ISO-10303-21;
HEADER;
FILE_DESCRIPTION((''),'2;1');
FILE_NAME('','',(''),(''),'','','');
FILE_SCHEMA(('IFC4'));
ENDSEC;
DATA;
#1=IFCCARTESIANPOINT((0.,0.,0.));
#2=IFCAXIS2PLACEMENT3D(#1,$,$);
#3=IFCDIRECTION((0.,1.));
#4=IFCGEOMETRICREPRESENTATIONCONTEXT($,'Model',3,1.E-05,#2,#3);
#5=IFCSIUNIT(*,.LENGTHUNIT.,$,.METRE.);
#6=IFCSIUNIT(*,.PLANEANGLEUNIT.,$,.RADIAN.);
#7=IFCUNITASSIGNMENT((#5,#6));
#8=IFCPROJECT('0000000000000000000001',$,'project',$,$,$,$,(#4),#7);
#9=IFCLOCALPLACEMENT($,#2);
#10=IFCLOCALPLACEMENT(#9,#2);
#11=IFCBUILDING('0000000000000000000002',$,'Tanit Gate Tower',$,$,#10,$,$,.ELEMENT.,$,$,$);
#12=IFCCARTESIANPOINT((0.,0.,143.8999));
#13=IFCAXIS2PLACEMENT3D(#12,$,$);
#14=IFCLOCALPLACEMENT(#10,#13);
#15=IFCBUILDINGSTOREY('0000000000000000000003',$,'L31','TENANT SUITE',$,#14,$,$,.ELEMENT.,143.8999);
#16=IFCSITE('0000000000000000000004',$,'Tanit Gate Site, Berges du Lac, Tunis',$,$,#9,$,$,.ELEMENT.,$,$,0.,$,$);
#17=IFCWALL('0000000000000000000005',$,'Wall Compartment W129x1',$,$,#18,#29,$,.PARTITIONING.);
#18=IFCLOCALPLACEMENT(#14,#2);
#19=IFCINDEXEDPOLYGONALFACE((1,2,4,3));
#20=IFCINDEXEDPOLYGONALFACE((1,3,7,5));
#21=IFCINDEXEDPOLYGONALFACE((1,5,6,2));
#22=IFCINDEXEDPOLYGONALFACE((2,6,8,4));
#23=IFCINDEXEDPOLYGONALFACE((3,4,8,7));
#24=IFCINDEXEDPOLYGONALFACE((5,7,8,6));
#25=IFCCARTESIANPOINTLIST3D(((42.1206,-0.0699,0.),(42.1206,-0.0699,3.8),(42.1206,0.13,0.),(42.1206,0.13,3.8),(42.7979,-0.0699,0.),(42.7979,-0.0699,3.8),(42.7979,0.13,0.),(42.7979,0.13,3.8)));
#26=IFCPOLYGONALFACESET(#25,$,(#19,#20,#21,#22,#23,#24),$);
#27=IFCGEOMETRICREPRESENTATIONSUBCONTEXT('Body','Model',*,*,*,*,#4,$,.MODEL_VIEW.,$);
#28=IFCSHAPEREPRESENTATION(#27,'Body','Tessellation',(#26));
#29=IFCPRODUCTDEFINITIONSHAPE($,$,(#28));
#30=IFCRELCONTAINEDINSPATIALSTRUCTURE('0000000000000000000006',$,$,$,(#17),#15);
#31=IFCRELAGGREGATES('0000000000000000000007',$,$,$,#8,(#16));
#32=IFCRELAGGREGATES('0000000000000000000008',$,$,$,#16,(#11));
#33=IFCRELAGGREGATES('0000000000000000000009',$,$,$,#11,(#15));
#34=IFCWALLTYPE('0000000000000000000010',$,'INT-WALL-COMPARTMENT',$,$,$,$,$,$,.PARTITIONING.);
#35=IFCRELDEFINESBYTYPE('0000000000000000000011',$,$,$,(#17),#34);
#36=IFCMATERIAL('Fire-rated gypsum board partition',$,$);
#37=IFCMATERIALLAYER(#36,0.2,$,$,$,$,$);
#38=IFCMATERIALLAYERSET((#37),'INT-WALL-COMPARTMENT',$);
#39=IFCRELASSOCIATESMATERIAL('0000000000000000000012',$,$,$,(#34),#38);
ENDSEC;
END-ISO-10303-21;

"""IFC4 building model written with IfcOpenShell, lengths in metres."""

from ifc_helpers import new_model, si_unit, direction, frame, frame_2d, origin, place, context, subcontext, project, spatial, rectangle, extrude, material, layer, layer_set, type_object, element, save


model = new_model("IFC4")

# Units and contexts
model_context = context("Model", 3, precision=1e-05, world=origin(), true_north=direction((0.0, 1.0)))
body_context = subcontext(model_context, "Body", "Model", "MODEL_VIEW")
ifc_project = project(units=[si_unit("LENGTHUNIT", "METRE"), si_unit("PLANEANGLEUNIT", "RADIAN")], contexts=[model_context])

# Site, building, storey
site_placement = place(None, origin())
site = spatial("IfcSite", under=ifc_project, at=site_placement, Name="Tanit Gate Site, Berges du Lac, Tunis", CompositionType="ELEMENT", RefElevation=0.0)
building_placement = place(site_placement, origin())
building = spatial("IfcBuilding", under=site, at=building_placement, Name="Tanit Gate Tower", CompositionType="ELEMENT")
storey_placement = place(building_placement, frame((0.0, 0.0, 143.8999)))
storey = spatial("IfcBuildingStorey", under=building, at=storey_placement, Name="L31", Description="TENANT SUITE", CompositionType="ELEMENT", Elevation=143.8999)

# Wall
ifc_material_1 = material(Name="Fire-rated gypsum board partition")
ifc_layer_1 = layer(ifc_material_1, 0.2)
ifc_layer_set_1 = layer_set([ifc_layer_1], Name="INT-WALL-COMPARTMENT")
wall_type_1 = type_object("IfcWallType", Name="INT-WALL-COMPARTMENT", PredefinedType="PARTITIONING", material=ifc_layer_set_1)
wall_1_placement = place(storey_placement, frame((42.1206, 0.03, 0.0), z_axis=(0.0, 0.0, 1.0), x_axis=(1.0, 0.0, 0.0)))
element("IfcWall", 1, at=wall_1_placement, inside=storey, type_object=wall_type_1, Name="Wall Compartment W129x1", PredefinedType="PARTITIONING", context=body_context, shape_type="SweptSolid", body=[
    extrude(rectangle(XDim=0.6772, YDim=0.2, at=frame_2d((0.3386, 0.0))), origin(), (0.0, 0.0, 1.0), 3.8),
])

save(model, "model.ifc")
